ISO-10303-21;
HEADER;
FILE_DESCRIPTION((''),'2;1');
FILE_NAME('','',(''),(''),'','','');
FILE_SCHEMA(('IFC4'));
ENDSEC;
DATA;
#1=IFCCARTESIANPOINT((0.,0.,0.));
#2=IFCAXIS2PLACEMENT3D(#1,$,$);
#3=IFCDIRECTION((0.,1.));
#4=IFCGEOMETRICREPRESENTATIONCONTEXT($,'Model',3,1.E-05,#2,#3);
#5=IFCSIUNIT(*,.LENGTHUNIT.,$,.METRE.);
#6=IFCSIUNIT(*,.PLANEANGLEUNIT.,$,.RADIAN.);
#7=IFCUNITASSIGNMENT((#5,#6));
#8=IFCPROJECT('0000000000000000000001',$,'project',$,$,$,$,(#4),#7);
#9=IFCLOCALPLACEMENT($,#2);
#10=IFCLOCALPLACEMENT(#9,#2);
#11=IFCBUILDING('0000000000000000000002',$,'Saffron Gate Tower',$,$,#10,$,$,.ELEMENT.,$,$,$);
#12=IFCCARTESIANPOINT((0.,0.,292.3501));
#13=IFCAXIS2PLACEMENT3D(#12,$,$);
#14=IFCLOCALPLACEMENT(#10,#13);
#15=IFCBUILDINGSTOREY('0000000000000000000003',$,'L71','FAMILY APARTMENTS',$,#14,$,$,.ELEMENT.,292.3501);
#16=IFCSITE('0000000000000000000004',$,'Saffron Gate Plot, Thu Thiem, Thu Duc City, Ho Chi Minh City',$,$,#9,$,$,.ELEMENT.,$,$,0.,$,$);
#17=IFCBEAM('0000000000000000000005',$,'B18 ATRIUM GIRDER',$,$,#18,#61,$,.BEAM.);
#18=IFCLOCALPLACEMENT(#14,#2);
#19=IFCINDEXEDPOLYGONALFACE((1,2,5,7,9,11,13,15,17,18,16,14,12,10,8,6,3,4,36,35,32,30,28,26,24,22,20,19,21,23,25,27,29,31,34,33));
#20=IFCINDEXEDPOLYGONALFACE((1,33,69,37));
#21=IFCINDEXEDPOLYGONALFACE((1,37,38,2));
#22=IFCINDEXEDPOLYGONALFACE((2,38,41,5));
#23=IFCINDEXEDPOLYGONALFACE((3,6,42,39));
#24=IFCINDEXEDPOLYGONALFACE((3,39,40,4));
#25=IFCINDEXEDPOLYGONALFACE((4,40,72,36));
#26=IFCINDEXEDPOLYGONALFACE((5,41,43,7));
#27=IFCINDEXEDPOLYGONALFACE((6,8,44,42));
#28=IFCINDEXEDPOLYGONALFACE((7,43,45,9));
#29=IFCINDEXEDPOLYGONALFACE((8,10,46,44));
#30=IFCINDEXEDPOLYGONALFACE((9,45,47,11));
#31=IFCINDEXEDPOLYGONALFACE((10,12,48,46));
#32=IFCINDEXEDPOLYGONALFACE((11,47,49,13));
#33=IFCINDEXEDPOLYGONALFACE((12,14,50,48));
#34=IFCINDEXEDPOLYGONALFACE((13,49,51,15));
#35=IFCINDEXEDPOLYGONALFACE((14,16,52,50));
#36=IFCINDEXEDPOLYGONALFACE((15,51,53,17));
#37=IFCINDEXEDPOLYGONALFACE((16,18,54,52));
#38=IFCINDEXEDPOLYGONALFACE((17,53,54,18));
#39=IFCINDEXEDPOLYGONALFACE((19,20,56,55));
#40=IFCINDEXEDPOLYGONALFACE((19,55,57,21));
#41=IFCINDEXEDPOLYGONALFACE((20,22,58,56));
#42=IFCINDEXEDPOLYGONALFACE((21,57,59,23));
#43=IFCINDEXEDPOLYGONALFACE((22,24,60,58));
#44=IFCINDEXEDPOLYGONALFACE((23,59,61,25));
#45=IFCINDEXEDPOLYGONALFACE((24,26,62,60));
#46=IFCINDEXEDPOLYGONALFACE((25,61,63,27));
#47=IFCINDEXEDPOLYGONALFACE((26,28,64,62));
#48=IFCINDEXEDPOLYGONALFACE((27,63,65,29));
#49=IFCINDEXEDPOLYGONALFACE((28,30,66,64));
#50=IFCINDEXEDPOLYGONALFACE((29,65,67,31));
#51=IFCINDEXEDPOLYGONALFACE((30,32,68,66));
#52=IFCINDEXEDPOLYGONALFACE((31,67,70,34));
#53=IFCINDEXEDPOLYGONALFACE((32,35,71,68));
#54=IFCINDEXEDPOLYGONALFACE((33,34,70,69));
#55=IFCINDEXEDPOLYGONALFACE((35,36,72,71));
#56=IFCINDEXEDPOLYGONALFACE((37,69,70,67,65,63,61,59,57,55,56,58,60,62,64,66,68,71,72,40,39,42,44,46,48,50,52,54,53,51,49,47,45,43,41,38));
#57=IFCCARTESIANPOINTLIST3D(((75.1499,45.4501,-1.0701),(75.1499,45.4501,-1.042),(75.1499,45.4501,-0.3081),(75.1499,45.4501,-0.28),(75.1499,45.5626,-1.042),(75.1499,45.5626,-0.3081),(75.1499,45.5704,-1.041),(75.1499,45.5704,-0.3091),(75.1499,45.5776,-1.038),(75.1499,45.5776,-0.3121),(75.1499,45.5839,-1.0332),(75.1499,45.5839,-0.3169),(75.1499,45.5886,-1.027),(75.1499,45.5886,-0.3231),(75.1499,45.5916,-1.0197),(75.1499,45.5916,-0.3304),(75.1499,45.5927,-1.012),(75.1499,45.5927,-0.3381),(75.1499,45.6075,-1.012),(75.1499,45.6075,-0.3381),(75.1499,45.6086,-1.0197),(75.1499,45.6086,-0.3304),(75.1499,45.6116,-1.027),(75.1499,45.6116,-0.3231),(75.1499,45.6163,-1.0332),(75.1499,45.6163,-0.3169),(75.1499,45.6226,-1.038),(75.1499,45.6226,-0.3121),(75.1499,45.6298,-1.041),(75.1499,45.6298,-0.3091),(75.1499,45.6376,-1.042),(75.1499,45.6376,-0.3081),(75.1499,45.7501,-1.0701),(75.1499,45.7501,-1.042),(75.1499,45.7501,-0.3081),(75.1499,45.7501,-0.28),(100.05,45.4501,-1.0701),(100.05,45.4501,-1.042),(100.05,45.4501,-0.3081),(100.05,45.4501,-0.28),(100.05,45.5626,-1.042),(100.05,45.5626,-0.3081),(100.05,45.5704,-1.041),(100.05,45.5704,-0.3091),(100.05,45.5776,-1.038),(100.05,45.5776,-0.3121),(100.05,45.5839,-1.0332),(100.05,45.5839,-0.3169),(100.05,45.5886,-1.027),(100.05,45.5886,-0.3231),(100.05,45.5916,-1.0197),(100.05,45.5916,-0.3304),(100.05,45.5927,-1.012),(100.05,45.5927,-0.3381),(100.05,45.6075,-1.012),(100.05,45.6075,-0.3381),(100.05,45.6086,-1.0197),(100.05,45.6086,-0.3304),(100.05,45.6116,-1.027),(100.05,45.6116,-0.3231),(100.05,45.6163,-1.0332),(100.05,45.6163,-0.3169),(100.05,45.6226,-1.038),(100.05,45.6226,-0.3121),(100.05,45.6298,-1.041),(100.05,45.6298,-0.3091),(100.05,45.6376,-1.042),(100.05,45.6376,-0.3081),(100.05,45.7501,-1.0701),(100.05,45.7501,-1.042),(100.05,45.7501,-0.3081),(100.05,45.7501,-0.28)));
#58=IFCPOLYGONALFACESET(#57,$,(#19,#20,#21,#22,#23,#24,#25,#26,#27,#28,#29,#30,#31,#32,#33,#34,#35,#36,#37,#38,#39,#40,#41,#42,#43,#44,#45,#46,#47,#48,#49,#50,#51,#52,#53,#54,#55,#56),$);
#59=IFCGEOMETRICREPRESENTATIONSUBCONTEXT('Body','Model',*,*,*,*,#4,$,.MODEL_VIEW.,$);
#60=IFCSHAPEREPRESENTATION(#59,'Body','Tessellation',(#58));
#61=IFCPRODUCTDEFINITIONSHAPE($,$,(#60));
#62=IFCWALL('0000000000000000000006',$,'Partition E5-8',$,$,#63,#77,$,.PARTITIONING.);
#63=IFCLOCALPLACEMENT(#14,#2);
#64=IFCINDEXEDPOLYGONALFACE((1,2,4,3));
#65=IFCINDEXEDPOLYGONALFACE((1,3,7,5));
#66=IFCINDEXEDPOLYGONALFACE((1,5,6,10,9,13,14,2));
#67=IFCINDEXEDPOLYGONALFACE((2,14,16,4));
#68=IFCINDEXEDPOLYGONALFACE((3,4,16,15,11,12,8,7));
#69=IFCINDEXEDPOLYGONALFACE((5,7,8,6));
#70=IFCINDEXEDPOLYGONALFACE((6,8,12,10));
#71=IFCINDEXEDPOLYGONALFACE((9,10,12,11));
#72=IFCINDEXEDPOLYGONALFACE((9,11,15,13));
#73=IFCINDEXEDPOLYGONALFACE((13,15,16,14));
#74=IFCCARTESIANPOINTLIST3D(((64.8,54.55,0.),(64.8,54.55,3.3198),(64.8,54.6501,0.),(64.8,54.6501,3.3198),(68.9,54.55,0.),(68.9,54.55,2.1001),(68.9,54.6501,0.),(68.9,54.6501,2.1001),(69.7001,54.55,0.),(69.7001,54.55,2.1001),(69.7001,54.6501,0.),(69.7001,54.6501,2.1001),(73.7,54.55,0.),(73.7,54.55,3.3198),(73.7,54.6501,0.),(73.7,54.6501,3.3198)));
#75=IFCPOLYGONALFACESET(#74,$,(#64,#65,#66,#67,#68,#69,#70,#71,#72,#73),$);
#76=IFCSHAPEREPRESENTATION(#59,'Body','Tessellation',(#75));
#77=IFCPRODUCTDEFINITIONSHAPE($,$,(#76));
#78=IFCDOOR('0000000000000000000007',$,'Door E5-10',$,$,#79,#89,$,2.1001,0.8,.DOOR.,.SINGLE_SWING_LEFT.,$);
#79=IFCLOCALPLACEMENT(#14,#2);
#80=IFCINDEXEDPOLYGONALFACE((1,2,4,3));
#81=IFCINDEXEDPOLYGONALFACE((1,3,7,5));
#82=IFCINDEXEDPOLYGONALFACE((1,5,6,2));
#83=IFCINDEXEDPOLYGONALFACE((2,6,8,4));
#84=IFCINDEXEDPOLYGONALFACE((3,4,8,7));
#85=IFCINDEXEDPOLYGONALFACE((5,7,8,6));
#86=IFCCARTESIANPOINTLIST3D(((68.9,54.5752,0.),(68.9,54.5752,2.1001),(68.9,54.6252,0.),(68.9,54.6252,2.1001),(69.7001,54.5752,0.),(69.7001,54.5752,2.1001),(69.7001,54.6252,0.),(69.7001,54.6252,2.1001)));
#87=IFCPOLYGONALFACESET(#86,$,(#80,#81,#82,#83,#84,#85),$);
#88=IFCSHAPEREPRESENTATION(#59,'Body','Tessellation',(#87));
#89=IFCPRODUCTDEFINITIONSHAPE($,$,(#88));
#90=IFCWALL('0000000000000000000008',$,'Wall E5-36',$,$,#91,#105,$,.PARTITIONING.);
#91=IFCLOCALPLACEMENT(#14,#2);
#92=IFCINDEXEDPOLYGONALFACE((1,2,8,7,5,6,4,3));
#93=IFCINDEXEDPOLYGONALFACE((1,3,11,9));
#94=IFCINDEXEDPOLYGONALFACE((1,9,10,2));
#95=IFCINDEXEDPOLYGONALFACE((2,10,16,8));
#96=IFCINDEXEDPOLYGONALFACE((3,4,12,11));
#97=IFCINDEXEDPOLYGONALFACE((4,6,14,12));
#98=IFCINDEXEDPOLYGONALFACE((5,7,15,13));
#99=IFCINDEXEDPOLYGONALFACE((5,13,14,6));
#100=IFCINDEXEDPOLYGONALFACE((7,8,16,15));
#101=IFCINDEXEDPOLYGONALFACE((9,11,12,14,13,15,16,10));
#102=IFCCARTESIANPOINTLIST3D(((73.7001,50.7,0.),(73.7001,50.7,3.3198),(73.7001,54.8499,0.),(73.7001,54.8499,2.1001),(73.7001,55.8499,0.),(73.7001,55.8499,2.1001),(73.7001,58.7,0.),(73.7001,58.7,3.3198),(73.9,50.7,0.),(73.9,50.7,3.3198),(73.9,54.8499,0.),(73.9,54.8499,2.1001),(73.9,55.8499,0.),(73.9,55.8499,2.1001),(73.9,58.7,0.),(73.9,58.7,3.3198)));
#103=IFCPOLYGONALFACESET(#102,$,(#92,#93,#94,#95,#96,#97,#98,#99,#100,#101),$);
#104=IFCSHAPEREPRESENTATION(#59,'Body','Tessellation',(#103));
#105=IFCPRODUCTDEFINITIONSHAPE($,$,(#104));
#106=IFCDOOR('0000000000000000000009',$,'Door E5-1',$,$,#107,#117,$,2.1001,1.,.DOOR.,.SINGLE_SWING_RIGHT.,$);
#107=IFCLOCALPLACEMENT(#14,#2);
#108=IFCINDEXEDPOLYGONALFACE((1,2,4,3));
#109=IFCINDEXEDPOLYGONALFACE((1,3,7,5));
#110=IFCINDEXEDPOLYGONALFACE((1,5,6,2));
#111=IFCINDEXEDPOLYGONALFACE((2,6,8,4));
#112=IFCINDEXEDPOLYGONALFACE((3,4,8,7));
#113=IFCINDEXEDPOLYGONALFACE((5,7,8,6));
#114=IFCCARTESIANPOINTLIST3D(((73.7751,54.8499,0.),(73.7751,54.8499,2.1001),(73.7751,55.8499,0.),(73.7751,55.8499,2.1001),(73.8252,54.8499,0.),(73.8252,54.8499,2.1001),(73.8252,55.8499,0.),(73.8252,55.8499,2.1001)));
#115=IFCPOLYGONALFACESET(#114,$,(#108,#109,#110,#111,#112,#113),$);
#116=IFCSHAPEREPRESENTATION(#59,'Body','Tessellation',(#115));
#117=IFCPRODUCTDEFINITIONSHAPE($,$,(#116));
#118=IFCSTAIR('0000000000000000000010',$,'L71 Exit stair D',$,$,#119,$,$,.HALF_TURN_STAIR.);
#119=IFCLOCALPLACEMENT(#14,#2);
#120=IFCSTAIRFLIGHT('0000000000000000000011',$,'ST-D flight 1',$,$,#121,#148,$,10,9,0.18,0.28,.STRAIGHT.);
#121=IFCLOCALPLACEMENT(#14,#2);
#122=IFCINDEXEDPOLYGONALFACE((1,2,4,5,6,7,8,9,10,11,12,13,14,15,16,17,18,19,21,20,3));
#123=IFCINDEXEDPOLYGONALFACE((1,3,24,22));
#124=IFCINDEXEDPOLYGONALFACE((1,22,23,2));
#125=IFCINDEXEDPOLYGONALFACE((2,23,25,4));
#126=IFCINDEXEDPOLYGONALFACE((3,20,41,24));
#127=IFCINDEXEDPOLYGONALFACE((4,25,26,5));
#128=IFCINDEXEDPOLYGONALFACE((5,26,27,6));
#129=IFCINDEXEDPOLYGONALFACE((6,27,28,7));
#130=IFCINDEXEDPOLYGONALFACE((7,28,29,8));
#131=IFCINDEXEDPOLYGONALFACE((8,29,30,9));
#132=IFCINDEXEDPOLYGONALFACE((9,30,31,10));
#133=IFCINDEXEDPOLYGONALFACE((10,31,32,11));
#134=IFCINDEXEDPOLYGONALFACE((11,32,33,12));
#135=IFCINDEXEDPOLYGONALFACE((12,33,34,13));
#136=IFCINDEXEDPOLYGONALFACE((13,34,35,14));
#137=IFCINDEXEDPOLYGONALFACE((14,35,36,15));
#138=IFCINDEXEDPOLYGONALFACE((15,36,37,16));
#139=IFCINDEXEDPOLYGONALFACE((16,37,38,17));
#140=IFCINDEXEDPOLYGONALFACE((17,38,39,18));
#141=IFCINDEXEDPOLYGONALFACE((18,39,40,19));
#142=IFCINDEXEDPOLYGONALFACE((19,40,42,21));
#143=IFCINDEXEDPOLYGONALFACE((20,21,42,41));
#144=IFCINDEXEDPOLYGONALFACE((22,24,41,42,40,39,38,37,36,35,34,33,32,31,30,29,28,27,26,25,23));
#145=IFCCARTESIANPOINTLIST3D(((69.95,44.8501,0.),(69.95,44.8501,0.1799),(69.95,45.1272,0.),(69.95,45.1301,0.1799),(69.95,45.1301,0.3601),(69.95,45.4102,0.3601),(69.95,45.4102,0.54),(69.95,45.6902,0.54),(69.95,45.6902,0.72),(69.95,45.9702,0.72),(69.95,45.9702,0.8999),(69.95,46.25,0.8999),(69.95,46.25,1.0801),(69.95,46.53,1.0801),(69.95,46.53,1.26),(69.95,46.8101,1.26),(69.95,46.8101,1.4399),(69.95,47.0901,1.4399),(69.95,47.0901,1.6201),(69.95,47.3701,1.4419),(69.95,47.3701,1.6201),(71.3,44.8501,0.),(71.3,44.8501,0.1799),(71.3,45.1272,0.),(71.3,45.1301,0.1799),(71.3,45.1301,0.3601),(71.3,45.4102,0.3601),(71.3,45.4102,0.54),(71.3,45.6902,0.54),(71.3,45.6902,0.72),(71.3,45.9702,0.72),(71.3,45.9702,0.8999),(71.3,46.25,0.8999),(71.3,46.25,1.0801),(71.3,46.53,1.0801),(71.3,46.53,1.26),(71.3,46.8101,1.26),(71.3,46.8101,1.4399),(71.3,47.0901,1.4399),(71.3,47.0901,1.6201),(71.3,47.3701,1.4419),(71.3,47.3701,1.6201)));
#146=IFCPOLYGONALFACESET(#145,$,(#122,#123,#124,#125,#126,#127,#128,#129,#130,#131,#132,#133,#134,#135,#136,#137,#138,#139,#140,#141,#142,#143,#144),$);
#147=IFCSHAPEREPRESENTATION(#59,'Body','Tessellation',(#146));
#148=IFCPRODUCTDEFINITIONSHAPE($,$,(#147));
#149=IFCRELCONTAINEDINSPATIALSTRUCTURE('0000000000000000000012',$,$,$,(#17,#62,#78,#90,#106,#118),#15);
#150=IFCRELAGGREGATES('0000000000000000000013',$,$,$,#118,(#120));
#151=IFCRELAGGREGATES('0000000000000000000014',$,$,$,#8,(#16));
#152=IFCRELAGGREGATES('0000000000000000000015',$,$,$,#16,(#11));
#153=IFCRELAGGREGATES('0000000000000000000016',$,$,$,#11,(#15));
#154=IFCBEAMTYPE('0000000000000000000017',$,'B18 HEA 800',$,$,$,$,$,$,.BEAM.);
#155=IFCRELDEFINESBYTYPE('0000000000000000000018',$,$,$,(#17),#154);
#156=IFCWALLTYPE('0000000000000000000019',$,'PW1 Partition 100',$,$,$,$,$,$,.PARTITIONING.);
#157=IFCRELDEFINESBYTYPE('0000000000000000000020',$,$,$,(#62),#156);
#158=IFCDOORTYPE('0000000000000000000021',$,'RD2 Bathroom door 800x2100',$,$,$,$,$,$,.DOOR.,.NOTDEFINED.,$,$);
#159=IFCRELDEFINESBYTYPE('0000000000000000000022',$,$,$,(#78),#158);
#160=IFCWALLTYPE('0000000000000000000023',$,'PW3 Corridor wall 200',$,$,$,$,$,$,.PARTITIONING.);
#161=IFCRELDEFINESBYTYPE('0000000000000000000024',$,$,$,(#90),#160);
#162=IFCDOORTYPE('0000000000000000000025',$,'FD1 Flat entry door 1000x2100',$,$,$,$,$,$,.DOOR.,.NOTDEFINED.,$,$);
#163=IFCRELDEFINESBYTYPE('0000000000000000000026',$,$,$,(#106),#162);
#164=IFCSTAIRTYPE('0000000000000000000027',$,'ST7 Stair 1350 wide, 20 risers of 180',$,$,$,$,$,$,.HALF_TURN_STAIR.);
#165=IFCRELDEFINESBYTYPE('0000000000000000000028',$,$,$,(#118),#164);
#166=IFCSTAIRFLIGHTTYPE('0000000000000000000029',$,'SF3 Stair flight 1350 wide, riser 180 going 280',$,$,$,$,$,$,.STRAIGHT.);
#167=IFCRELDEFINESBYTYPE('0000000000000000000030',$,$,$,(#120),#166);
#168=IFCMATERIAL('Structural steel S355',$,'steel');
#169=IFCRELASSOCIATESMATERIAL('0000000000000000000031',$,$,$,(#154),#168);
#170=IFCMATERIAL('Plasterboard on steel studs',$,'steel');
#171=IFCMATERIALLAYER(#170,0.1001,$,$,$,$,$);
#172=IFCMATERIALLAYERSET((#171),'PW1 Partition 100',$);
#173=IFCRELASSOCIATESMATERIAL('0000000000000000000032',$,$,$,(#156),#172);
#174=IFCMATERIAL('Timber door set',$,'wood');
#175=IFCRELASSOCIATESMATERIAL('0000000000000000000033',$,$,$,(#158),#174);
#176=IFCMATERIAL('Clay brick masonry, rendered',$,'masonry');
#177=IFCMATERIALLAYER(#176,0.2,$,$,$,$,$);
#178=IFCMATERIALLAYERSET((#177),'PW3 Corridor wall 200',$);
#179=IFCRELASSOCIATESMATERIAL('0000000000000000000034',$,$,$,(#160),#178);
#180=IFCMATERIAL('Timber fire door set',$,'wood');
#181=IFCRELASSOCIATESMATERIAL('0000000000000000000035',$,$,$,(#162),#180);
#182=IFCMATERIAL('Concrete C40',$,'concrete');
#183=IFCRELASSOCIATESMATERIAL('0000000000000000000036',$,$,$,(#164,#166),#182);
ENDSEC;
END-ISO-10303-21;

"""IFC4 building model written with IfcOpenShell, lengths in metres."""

from ifc_helpers import new_model, si_unit, direction, frame, frame_2d, origin, origin_2d, place, context, subcontext, project, spatial, polyline, rectangle, i_section, outline, extrude, material, layer, layer_set, material_profile, profile_set, type_object, element, fill, aggregate, save


model = new_model("IFC4")

# Units and contexts
model_context = context("Model", 3, precision=1e-05, world=origin(), true_north=direction((0.0, 1.0)))
body_context = subcontext(model_context, "Body", "Model", "MODEL_VIEW")
ifc_project = project(units=[si_unit("LENGTHUNIT", "METRE"), si_unit("PLANEANGLEUNIT", "RADIAN")], contexts=[model_context])

# Site, building, storey
site_placement = place(None, origin())
site = spatial("IfcSite", under=ifc_project, at=site_placement, Name="Saffron Gate Plot, Thu Thiem, Thu Duc City, Ho Chi Minh City", CompositionType="ELEMENT", RefElevation=0.0)
building_placement = place(site_placement, origin())
building = spatial("IfcBuilding", under=site, at=building_placement, Name="Saffron Gate Tower", CompositionType="ELEMENT")
storey_placement = place(building_placement, frame((0.0, 0.0, 292.3501)))
storey = spatial("IfcBuildingStorey", under=building, at=storey_placement, Name="L71", Description="FAMILY APARTMENTS", CompositionType="ELEMENT", Elevation=292.3501)

# Beam
ifc_material_1 = material(Name="Structural steel S355", Category="steel")
ifc_material_profile = material_profile(ifc_material_1, i_section(OverallWidth=0.3, OverallDepth=0.79, WebThickness=0.0149, FlangeThickness=0.0281, FilletRadius=0.03, at=origin_2d()))
ifc_profile_set = profile_set([ifc_material_profile], Name="Structural steel S355")
beam_type = type_object("IfcBeamType", Name="B18 HEA 800", PredefinedType="BEAM", material=ifc_profile_set)
beam_placement = place(storey_placement, frame((75.1499, 45.6001, -0.675), z_axis=(1.0, 0.0, 0.0), x_axis=(0.0, 1.0, 0.0)))
element("IfcBeam", 1, at=beam_placement, inside=storey, type_object=beam_type, Name="B18 ATRIUM GIRDER", PredefinedType="BEAM", context=body_context, shape_type="SweptSolid", body=[
    extrude(i_section(OverallWidth=0.3, OverallDepth=0.79, WebThickness=0.0149, FlangeThickness=0.0281, FilletRadius=0.03, at=origin_2d()), origin(), (0.0, 0.0, 1.0), 24.9001),
])

# Walls, openings, doors
ifc_material_2 = material(Name="Plasterboard on steel studs", Category="steel")
ifc_layer_1 = layer(ifc_material_2, 0.1001)
ifc_layer_set_1 = layer_set([ifc_layer_1], Name="PW1 Partition 100")
wall_type_1 = type_object("IfcWallType", Name="PW1 Partition 100", PredefinedType="PARTITIONING", material=ifc_layer_set_1)
wall_1_placement = place(storey_placement, frame((73.7, 54.6001, 0.0), z_axis=(0.0, 0.0, 1.0), x_axis=(-1.0, 0.0, 0.0)))
wall_1 = element("IfcWall", 2, at=wall_1_placement, inside=storey, type_object=wall_type_1, Name="Partition E5-8", PredefinedType="PARTITIONING", context=body_context, shape_type="SweptSolid", body=[
    extrude(rectangle(XDim=8.8999, YDim=0.1001, at=frame_2d((4.45, 0.0))), origin(), (0.0, 0.0, 1.0), 3.3198),
])
opening_1_placement = place(wall_1_placement, frame((4.0, 0.0, 0.0)))
opening_1 = element("IfcOpeningElement", 3, at=opening_1_placement, cuts=wall_1, PredefinedType="OPENING", context=body_context, shape_type="SweptSolid", body=[
    extrude(rectangle(XDim=0.8, YDim=2.1001, at=frame_2d((0.3999, 1.05))), frame((0.0, 0.0601, 0.0), z_axis=(0.0, -1.0, 0.0), x_axis=(1.0, 0.0, 0.0)), (0.0, 0.0, 1.0), 0.1201),
])
ifc_material_3 = material(Name="Timber door set", Category="wood")
door_type_1 = type_object("IfcDoorType", Name="RD2 Bathroom door 800x2100", OperationType="NOTDEFINED", PredefinedType="DOOR", material=ifc_material_3)
door_1_placement = place(opening_1_placement, origin())
door_1 = element("IfcDoor", 4, at=door_1_placement, inside=storey, type_object=door_type_1, Name="Door E5-10", OperationType="SINGLE_SWING_LEFT", OverallHeight=2.1001, OverallWidth=0.8, PredefinedType="DOOR", context=body_context, shape_type="SweptSolid", body=[
    extrude(rectangle(XDim=0.8, YDim=2.1001, at=frame_2d((0.3999, 1.05))), frame((0.0, 0.0249, 0.0), z_axis=(0.0, -1.0, 0.0), x_axis=(1.0, 0.0, 0.0)), (0.0, 0.0, 1.0), 0.05),
])
fill(opening_1, door_1)
ifc_material_4 = material(Name="Clay brick masonry, rendered", Category="masonry")
ifc_layer_2 = layer(ifc_material_4, 0.2)
ifc_layer_set_2 = layer_set([ifc_layer_2], Name="PW3 Corridor wall 200")
wall_type_2 = type_object("IfcWallType", Name="PW3 Corridor wall 200", PredefinedType="PARTITIONING", material=ifc_layer_set_2)
wall_2_placement = place(storey_placement, frame((73.8, 50.7, 0.0), z_axis=(0.0, 0.0, 1.0), x_axis=(0.0, 1.0, 0.0)))
wall_2 = element("IfcWall", 5, at=wall_2_placement, inside=storey, type_object=wall_type_2, Name="Wall E5-36", PredefinedType="PARTITIONING", context=body_context, shape_type="SweptSolid", body=[
    extrude(rectangle(XDim=8.0, YDim=0.2, at=frame_2d((4.0, 0.0))), origin(), (0.0, 0.0, 1.0), 3.3198),
])
opening_2_placement = place(wall_2_placement, frame((4.1499, 0.0, 0.0)))
opening_2 = element("IfcOpeningElement", 6, at=opening_2_placement, cuts=wall_2, PredefinedType="OPENING", context=body_context, shape_type="SweptSolid", body=[
    extrude(rectangle(XDim=1.0, YDim=2.1001, at=frame_2d((0.5, 1.05))), frame((0.0, 0.1099, 0.0), z_axis=(0.0, -1.0, 0.0), x_axis=(1.0, 0.0, 0.0)), (0.0, 0.0, 1.0), 0.22),
])
ifc_material_5 = material(Name="Timber fire door set", Category="wood")
door_type_2 = type_object("IfcDoorType", Name="FD1 Flat entry door 1000x2100", OperationType="NOTDEFINED", PredefinedType="DOOR", material=ifc_material_5)
door_2_placement = place(opening_2_placement, origin())
door_2 = element("IfcDoor", 7, at=door_2_placement, inside=storey, type_object=door_type_2, Name="Door E5-1", OperationType="SINGLE_SWING_RIGHT", OverallHeight=2.1001, OverallWidth=1.0, PredefinedType="DOOR", context=body_context, shape_type="SweptSolid", body=[
    extrude(rectangle(XDim=1.0, YDim=2.1001, at=frame_2d((0.5, 1.05))), frame((0.0, 0.0249, 0.0), z_axis=(0.0, -1.0, 0.0), x_axis=(1.0, 0.0, 0.0)), (0.0, 0.0, 1.0), 0.05),
])
fill(opening_2, door_2)

# Stair, stair flight
ifc_material_6 = material(Name="Concrete C40", Category="concrete")
stair_type = type_object("IfcStairType", Name="ST7 Stair 1350 wide, 20 risers of 180", PredefinedType="HALF_TURN_STAIR", material=ifc_material_6)
stair_placement = place(storey_placement, origin())
stair = element("IfcStair", 8, at=stair_placement, inside=storey, type_object=stair_type, Name="L71 Exit stair D", PredefinedType="HALF_TURN_STAIR")
stair_flight_type = type_object("IfcStairFlightType", Name="SF3 Stair flight 1350 wide, riser 180 going 280", PredefinedType="STRAIGHT", material=ifc_material_6)
stair_flight_1_placement = place(storey_placement, frame((70.625, 44.8501, 0.0), z_axis=(0.0, 0.0, 1.0), x_axis=(0.0, 1.0, 0.0)))
stair_flight_1 = element("IfcStairFlight", 9, at=stair_flight_1_placement, type_object=stair_flight_type, Name="ST-D flight 1", NumberOfRisers=10, NumberOfTreads=9, PredefinedType="STRAIGHT", RiserHeight=0.18, TreadLength=0.28, context=body_context, shape_type="SweptSolid", body=[
    extrude(outline(polyline([(0.0, 0.0), (0.0, 0.1799), (0.28, 0.1799), (0.28, 0.3601), (0.5601, 0.3601), (0.5601, 0.54), (0.8401, 0.54), (0.8401, 0.72), (1.1201, 0.72), (1.1201, 0.8999), (1.3999, 0.8999), (1.3999, 1.0801), (1.6799, 1.0801), (1.6799, 1.26), (1.96, 1.26), (1.96, 1.4399), (2.24, 1.4399), (2.24, 1.6201), (2.52, 1.6201), (2.52, 1.8), (2.52, 1.4419), (0.2771, 0.0), (0.0, 0.0)])), frame((0.0, 0.675, 0.0), z_axis=(0.0, -1.0, 0.0), x_axis=(1.0, 0.0, 0.0)), (0.0, 0.0, 1.0), 1.3501),
])
aggregate(stair, [stair_flight_1])

save(model, "model.ifc")
